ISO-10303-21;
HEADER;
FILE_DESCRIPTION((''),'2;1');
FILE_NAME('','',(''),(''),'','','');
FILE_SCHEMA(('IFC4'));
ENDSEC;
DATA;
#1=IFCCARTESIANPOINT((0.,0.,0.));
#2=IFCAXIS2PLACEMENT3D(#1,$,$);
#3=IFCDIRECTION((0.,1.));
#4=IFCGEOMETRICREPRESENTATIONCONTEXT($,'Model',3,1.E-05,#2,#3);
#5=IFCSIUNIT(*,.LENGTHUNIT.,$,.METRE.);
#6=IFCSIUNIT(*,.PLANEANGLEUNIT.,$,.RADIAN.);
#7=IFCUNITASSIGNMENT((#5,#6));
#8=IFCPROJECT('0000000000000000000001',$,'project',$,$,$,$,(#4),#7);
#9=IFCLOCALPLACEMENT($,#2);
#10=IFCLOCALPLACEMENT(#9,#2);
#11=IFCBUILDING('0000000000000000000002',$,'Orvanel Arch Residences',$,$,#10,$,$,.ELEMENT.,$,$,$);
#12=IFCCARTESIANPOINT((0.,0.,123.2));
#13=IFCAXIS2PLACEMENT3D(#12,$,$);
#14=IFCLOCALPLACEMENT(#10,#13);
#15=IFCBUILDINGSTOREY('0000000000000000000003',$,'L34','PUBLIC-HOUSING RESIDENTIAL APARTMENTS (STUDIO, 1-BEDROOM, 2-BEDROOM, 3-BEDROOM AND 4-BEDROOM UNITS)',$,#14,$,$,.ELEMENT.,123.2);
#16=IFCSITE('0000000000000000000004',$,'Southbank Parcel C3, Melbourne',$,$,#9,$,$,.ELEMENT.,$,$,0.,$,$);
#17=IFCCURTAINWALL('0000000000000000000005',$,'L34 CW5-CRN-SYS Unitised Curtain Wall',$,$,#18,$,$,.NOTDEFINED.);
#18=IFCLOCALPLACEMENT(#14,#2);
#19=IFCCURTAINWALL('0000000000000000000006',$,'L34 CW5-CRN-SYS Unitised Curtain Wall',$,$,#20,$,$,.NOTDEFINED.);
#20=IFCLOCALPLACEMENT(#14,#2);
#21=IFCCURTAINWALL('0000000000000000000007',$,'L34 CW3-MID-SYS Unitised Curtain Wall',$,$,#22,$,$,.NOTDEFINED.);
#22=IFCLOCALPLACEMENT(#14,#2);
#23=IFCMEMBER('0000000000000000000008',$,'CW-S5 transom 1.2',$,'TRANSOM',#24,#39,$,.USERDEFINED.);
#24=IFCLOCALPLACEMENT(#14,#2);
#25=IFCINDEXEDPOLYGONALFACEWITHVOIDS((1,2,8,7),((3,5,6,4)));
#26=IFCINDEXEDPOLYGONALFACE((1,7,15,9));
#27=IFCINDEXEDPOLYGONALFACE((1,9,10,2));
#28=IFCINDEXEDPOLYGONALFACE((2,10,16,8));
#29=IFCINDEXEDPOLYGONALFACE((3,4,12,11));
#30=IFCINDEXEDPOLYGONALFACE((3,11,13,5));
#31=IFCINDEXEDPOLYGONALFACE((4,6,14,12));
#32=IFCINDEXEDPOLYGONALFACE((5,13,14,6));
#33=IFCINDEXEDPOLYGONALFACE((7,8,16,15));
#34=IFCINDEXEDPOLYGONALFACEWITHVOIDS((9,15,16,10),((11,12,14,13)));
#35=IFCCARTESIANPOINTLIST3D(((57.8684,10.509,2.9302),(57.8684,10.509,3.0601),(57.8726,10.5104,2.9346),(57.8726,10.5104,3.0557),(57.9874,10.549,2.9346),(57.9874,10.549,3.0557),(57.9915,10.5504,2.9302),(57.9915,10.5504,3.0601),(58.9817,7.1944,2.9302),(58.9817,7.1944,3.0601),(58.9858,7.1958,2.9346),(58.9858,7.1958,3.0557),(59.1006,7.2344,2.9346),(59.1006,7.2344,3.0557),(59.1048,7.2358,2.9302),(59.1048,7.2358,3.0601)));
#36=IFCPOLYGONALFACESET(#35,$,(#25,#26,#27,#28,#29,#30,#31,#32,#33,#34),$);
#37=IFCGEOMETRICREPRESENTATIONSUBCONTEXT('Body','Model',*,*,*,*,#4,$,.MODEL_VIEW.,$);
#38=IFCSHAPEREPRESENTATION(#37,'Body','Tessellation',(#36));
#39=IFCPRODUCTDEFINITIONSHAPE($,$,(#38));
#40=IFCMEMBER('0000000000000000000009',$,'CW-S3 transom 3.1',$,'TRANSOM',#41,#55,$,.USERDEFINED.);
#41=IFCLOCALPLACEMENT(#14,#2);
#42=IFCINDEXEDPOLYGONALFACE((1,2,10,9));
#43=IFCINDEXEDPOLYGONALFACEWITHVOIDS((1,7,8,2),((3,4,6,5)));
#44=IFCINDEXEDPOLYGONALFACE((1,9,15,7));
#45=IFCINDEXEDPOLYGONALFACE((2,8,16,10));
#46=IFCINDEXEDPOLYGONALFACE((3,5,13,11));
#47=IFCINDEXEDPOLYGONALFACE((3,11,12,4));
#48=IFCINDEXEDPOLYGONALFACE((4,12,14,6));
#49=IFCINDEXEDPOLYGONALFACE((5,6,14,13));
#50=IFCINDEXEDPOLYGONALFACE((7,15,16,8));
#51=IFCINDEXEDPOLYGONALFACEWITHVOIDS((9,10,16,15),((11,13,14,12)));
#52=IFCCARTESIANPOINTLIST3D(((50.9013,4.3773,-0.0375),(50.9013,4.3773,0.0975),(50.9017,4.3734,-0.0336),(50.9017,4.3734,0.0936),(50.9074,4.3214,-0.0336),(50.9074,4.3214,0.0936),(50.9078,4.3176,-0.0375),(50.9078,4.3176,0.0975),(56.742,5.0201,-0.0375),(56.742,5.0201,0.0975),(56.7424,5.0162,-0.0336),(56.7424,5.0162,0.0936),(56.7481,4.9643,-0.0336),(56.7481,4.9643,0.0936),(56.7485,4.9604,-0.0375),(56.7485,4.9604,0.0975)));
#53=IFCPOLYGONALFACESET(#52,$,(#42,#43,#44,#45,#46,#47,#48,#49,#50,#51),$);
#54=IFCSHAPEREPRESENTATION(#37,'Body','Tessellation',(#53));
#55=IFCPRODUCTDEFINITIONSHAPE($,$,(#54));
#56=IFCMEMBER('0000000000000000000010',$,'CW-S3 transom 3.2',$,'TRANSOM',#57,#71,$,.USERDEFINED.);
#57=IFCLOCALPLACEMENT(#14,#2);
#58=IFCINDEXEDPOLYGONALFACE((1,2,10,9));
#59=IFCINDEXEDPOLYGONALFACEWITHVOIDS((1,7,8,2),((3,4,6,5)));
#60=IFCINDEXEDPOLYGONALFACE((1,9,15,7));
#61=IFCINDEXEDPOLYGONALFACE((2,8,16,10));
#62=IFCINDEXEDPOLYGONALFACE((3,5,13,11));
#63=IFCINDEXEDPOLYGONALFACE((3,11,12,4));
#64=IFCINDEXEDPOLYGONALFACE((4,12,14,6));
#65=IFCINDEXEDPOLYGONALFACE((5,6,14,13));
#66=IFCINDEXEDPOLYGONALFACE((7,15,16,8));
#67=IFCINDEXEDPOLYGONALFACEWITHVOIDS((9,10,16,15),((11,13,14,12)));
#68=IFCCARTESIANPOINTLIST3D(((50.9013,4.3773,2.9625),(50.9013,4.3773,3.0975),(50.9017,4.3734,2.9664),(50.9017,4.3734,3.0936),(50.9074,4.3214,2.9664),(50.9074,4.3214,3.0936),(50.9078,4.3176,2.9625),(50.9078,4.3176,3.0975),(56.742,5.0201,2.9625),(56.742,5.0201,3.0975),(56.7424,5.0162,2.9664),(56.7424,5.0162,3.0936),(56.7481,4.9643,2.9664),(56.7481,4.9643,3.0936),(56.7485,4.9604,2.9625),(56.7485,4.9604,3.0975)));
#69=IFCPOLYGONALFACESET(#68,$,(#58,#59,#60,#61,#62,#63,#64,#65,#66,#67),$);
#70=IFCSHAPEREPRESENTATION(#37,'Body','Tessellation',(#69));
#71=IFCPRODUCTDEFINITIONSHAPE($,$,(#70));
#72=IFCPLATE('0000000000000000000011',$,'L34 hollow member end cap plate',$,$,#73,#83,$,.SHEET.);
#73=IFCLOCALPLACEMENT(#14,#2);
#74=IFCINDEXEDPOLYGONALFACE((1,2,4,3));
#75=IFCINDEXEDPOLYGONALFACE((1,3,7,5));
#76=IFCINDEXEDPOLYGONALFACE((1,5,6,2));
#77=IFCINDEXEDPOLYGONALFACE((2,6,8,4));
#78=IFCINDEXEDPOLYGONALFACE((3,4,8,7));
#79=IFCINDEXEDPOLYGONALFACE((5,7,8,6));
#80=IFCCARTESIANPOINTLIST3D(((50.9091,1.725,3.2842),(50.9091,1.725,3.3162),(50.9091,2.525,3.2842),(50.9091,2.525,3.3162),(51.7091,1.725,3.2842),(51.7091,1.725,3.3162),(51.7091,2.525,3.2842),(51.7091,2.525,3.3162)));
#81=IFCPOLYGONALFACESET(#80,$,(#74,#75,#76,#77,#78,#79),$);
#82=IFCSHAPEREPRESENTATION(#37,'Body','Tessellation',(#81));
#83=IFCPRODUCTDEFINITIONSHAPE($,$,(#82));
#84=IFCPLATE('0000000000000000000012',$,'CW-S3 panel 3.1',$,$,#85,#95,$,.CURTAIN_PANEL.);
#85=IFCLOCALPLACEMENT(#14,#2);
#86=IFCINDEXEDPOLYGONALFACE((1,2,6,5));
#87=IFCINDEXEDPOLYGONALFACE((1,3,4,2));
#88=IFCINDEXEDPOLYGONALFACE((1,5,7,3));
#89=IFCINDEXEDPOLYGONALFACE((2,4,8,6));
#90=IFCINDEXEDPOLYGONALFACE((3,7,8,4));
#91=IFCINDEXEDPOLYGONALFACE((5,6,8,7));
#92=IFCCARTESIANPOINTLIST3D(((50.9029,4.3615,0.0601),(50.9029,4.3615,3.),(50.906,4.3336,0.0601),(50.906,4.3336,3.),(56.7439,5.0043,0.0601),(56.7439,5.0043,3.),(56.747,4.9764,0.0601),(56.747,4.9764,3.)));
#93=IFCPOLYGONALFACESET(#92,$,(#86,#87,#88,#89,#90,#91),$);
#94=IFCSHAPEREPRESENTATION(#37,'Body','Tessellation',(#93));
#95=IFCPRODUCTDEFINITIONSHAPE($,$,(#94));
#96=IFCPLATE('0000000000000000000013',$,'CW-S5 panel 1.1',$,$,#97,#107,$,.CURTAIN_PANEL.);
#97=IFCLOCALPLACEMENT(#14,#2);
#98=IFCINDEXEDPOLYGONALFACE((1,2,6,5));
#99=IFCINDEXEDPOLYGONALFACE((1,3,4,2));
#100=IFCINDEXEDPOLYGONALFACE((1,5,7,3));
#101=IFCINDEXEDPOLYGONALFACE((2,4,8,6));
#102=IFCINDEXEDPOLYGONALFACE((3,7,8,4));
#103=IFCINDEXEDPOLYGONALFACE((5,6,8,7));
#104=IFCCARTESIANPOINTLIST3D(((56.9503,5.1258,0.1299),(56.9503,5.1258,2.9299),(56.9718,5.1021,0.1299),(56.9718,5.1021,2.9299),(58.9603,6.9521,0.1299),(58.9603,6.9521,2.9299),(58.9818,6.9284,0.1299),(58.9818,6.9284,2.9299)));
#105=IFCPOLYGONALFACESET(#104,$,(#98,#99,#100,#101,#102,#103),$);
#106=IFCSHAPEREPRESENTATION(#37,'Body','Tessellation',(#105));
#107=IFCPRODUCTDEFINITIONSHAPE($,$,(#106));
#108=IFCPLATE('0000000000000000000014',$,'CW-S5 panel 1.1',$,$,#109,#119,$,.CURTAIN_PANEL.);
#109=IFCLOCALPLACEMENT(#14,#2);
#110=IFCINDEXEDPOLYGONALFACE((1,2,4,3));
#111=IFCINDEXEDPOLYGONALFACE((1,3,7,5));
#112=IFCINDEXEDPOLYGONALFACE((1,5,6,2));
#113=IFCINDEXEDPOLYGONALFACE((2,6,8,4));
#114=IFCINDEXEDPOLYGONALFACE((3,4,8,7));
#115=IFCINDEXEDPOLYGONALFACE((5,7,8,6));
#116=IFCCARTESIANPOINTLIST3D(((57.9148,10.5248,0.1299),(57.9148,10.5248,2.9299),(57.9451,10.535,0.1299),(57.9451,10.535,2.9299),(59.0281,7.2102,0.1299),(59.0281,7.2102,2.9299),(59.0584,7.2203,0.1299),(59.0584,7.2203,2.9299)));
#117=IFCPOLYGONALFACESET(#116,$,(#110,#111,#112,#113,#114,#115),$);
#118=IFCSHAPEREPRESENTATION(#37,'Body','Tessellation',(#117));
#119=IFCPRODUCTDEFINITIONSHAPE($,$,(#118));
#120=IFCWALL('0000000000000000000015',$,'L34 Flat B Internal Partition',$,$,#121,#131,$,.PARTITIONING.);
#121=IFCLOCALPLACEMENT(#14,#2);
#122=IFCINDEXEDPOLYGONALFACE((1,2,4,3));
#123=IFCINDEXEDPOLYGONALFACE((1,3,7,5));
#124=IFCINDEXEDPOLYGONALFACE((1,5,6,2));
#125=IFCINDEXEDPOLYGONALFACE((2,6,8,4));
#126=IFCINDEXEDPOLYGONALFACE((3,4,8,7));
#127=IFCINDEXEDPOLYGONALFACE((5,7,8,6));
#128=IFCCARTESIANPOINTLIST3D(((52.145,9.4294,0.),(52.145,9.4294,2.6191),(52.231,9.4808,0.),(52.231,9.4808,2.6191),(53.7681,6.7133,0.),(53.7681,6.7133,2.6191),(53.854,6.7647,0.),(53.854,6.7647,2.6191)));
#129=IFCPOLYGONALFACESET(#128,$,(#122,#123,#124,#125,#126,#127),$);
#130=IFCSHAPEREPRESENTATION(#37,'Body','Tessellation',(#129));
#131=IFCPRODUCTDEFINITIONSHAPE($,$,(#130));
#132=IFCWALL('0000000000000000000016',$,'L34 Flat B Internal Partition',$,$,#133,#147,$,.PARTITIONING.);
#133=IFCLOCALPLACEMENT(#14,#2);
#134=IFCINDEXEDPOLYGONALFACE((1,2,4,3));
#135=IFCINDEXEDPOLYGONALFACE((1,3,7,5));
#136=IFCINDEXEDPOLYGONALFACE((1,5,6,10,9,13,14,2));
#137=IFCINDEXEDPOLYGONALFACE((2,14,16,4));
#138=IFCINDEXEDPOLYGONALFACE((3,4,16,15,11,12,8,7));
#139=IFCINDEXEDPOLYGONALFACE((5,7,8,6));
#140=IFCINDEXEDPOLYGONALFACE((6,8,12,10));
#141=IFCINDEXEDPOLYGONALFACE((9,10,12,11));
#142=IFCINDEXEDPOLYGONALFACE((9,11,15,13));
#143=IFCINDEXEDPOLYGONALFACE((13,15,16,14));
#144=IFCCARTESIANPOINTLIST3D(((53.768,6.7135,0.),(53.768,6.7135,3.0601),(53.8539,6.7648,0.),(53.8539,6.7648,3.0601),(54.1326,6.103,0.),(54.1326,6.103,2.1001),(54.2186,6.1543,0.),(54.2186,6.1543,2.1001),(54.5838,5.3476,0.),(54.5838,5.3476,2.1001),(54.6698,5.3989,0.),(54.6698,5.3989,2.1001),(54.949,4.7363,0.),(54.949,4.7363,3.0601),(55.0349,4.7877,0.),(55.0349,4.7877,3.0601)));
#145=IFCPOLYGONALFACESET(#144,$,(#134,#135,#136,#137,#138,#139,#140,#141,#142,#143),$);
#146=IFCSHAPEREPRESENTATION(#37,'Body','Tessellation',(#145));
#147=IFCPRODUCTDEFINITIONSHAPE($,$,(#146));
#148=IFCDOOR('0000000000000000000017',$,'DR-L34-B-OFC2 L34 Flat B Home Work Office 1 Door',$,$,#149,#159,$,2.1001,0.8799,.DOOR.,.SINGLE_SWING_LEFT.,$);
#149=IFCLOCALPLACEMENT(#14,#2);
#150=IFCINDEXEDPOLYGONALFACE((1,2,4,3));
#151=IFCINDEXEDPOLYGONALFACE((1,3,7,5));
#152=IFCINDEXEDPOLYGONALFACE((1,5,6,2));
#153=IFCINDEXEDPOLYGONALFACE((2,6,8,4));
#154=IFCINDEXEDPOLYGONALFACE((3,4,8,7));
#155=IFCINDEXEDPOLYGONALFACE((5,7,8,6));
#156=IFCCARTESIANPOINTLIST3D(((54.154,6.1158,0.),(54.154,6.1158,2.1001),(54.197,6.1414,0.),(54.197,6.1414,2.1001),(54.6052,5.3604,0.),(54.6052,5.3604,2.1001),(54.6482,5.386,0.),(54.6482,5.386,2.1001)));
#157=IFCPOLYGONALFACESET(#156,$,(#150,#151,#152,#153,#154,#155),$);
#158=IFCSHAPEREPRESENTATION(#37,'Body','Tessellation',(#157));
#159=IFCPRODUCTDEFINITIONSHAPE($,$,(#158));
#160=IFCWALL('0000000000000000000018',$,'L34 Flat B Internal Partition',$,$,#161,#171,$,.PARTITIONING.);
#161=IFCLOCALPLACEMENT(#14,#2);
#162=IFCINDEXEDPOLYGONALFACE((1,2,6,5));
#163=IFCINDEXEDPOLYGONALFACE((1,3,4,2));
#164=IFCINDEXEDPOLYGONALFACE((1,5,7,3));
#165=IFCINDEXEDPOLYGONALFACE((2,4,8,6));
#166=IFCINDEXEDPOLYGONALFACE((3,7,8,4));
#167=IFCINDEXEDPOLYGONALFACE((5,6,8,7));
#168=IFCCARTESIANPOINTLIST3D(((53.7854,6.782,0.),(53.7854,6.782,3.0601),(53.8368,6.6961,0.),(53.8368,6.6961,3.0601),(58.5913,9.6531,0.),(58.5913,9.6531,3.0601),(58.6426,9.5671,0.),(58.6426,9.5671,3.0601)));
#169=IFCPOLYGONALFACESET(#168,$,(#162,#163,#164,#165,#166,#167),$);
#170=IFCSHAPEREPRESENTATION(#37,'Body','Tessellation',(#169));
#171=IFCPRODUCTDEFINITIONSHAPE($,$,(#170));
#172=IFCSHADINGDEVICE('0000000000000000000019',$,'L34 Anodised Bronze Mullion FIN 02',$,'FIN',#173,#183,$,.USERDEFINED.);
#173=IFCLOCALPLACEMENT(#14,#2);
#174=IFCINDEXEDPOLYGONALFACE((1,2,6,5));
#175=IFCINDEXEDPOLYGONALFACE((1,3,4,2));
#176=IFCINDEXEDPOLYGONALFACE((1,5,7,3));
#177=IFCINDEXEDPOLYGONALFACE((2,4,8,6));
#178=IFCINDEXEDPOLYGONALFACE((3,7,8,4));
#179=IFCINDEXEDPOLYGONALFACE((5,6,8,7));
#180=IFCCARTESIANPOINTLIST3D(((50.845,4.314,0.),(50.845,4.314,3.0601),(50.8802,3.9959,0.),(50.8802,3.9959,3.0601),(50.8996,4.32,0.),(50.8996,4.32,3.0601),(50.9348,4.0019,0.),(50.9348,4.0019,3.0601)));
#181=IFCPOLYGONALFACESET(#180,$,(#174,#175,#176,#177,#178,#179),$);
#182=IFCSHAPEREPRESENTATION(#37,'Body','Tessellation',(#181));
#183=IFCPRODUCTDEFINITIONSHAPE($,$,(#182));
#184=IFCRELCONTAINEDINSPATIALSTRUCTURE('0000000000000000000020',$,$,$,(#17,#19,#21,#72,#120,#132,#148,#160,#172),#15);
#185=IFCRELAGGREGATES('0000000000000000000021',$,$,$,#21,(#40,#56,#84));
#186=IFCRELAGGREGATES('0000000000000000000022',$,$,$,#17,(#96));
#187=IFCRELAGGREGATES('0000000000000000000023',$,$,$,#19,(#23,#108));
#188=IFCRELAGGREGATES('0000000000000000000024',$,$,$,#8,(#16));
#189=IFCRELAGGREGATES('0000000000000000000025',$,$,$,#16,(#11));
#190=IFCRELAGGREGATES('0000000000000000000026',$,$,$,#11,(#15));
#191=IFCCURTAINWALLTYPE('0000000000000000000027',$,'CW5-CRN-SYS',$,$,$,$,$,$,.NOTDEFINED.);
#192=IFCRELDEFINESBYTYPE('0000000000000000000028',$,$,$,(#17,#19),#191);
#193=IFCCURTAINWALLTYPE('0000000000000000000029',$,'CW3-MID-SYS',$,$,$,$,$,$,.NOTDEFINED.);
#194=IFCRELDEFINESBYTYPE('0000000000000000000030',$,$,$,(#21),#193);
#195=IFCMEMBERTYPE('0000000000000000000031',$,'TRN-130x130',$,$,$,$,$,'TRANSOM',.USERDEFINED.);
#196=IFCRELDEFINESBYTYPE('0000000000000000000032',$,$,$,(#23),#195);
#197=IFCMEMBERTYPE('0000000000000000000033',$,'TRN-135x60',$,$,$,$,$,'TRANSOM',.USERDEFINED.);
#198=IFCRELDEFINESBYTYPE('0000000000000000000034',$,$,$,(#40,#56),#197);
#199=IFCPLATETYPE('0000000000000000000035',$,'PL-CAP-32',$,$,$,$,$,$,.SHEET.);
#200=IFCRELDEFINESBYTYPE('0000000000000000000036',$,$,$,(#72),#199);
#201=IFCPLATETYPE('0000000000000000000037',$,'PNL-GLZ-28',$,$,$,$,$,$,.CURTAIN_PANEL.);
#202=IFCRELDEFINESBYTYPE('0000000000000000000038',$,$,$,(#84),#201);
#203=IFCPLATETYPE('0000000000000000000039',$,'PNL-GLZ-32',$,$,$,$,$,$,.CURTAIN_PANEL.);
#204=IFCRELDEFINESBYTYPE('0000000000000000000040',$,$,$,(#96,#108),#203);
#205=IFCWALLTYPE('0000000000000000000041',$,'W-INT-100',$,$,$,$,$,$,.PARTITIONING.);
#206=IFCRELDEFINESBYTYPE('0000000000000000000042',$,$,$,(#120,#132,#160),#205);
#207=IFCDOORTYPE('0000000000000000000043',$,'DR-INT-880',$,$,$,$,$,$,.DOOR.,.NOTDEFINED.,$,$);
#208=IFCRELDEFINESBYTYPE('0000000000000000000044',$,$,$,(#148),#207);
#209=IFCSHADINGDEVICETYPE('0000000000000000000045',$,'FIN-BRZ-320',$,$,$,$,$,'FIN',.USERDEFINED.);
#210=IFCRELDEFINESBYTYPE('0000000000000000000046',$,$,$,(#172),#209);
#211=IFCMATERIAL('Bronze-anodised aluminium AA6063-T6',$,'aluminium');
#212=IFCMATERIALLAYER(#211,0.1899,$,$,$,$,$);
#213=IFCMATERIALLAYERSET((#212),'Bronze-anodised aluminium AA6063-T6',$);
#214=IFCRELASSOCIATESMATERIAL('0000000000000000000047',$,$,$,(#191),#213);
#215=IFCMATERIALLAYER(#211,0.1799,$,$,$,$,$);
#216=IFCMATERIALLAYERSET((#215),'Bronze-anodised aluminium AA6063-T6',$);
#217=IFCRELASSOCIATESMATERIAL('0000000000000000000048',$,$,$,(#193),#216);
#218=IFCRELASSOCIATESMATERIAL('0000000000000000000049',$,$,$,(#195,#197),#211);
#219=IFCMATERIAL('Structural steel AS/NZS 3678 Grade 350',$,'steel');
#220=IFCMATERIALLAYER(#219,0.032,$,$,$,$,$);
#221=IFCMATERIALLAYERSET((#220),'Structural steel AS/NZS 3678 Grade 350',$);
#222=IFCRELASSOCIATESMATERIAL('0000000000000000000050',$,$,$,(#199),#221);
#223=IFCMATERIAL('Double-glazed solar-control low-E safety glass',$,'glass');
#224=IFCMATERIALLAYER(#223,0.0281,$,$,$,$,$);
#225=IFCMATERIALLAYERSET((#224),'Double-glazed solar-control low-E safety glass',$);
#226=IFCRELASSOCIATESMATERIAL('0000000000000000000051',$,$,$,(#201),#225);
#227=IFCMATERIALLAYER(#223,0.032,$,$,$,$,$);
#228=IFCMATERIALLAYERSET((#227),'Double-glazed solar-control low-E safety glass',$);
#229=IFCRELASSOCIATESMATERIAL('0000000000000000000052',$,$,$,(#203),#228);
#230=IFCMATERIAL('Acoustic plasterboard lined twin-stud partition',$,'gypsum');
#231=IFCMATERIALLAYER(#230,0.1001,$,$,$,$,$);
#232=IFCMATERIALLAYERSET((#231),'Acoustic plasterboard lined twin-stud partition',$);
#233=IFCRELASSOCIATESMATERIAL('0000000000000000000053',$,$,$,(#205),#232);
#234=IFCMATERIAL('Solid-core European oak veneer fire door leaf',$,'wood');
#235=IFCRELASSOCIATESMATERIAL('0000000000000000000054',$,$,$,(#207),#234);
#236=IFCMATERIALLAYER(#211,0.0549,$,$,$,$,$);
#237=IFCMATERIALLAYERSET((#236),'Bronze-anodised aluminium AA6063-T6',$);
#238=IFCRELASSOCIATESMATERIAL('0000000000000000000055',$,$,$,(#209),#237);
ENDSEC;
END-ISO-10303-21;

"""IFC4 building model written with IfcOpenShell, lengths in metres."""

from ifc_helpers import new_model, si_unit, direction, frame, frame_2d, origin, origin_2d, place, context, subcontext, project, spatial, rectangle, hollow_rectangle, extrude, material, layer, layer_set, material_profile, profile_set, type_object, element, fill, aggregate, save


model = new_model("IFC4")

# Units and contexts
model_context = context("Model", 3, precision=1e-05, world=origin(), true_north=direction((0.0, 1.0)))
body_context = subcontext(model_context, "Body", "Model", "MODEL_VIEW")
ifc_project = project(units=[si_unit("LENGTHUNIT", "METRE"), si_unit("PLANEANGLEUNIT", "RADIAN")], contexts=[model_context])

# Site, building, storey
site_placement = place(None, origin())
site = spatial("IfcSite", under=ifc_project, at=site_placement, Name="Southbank Parcel C3, Melbourne", CompositionType="ELEMENT", RefElevation=0.0)
building_placement = place(site_placement, origin())
building = spatial("IfcBuilding", under=site, at=building_placement, Name="Orvanel Arch Residences", CompositionType="ELEMENT")
storey_placement = place(building_placement, frame((0.0, 0.0, 123.2)))
storey = spatial("IfcBuildingStorey", under=building, at=storey_placement, Name="L34", Description="PUBLIC-HOUSING RESIDENTIAL APARTMENTS (STUDIO, 1-BEDROOM, 2-BEDROOM, 3-BEDROOM AND 4-BEDROOM UNITS)", CompositionType="ELEMENT", Elevation=123.2)

# Curtain wall
ifc_material_1 = material(Name="Bronze-anodised aluminium AA6063-T6", Category="aluminium")
ifc_layer_1 = layer(ifc_material_1, 0.1899)
ifc_layer_set_1 = layer_set([ifc_layer_1], Name="Bronze-anodised aluminium AA6063-T6")
curtain_wall_type_1 = type_object("IfcCurtainWallType", Name="CW5-CRN-SYS", PredefinedType="NOTDEFINED", material=ifc_layer_set_1)
curtain_wall_1_placement = place(storey_placement, origin())
curtain_wall_1 = element("IfcCurtainWall", 1, at=curtain_wall_1_placement, inside=storey, type_object=curtain_wall_type_1, Name="L34 CW5-CRN-SYS Unitised Curtain Wall", PredefinedType="NOTDEFINED")

# Curtain wall
curtain_wall_2_placement = place(storey_placement, origin())
curtain_wall_2 = element("IfcCurtainWall", 2, at=curtain_wall_2_placement, inside=storey, type_object=curtain_wall_type_1, Name="L34 CW5-CRN-SYS Unitised Curtain Wall", PredefinedType="NOTDEFINED")

# Curtain wall
ifc_layer_2 = layer(ifc_material_1, 0.1799)
ifc_layer_set_2 = layer_set([ifc_layer_2], Name="Bronze-anodised aluminium AA6063-T6")
curtain_wall_type_2 = type_object("IfcCurtainWallType", Name="CW3-MID-SYS", PredefinedType="NOTDEFINED", material=ifc_layer_set_2)
curtain_wall_3_placement = place(storey_placement, origin())
curtain_wall_3 = element("IfcCurtainWall", 3, at=curtain_wall_3_placement, inside=storey, type_object=curtain_wall_type_2, Name="L34 CW3-MID-SYS Unitised Curtain Wall", PredefinedType="NOTDEFINED")

# Members
ifc_material_profile_1 = material_profile(ifc_material_1, hollow_rectangle(XDim=0.1299, YDim=0.1299, WallThickness=0.0044, at=origin_2d()), Name="ALU130x130x4.5")
ifc_profile_set_1 = profile_set([ifc_material_profile_1], Name="Bronze-anodised aluminium AA6063-T6")
member_type_1 = type_object("IfcMemberType", Name="TRN-130x130", ElementType="TRANSOM", PredefinedType="USERDEFINED", material=ifc_profile_set_1)
member_1_placement = place(storey_placement, frame((59.0432, 7.2151, 2.9951), z_axis=(-0.318384, 0.947962, 0.0), x_axis=(-0.947962, -0.318384, 0.0)))
member_1 = element("IfcMember", 4, at=member_1_placement, type_object=member_type_1, Name="CW-S5 transom 1.2", ObjectType="TRANSOM", PredefinedType="USERDEFINED", context=body_context, shape_type="SweptSolid", body=[
    extrude(hollow_rectangle(XDim=0.1299, YDim=0.1299, WallThickness=0.0044, at=origin_2d()), origin(), (0.0, 0.0, 1.0), 3.4966),
])
ifc_material_profile_2 = material_profile(ifc_material_1, hollow_rectangle(XDim=0.0601, YDim=0.135, WallThickness=0.0039, at=origin_2d()), Name="ALU135x60x4")
ifc_profile_set_2 = profile_set([ifc_material_profile_2], Name="Bronze-anodised aluminium AA6063-T6")
member_type_2 = type_object("IfcMemberType", Name="TRN-135x60", ElementType="TRANSOM", PredefinedType="USERDEFINED", material=ifc_profile_set_2)
member_2_placement = place(storey_placement, frame((50.9045, 4.3474, 0.03), z_axis=(0.993998, 0.109396, 0.0), x_axis=(-0.109396, 0.993998, 0.0)))
member_2 = element("IfcMember", 5, at=member_2_placement, type_object=member_type_2, Name="CW-S3 transom 3.1", ObjectType="TRANSOM", PredefinedType="USERDEFINED", context=body_context, shape_type="SweptSolid", body=[
    extrude(hollow_rectangle(XDim=0.0601, YDim=0.135, WallThickness=0.0039, at=origin_2d()), origin(), (0.0, 0.0, 1.0), 5.876),
])
member_3_placement = place(storey_placement, frame((50.9045, 4.3474, 3.03), z_axis=(0.993998, 0.109396, 0.0), x_axis=(-0.109396, 0.993998, 0.0)))
member_3 = element("IfcMember", 6, at=member_3_placement, type_object=member_type_2, Name="CW-S3 transom 3.2", ObjectType="TRANSOM", PredefinedType="USERDEFINED", context=body_context, shape_type="SweptSolid", body=[
    extrude(hollow_rectangle(XDim=0.0601, YDim=0.135, WallThickness=0.0039, at=origin_2d()), origin(), (0.0, 0.0, 1.0), 5.876),
])

# Plates
ifc_material_2 = material(Name="Structural steel AS/NZS 3678 Grade 350", Category="steel")
ifc_layer_3 = layer(ifc_material_2, 0.032)
ifc_layer_set_3 = layer_set([ifc_layer_3], Name="Structural steel AS/NZS 3678 Grade 350")
plate_type_1 = type_object("IfcPlateType", Name="PL-CAP-32", PredefinedType="SHEET", material=ifc_layer_set_3)
plate_1_placement = place(storey_placement, frame((51.3091, 2.125, 3.2842), z_axis=(0.0, 0.0, 1.0), x_axis=(1.0, 0.0, 0.0)))
element("IfcPlate", 7, at=plate_1_placement, inside=storey, type_object=plate_type_1, Name="L34 hollow member end cap plate", PredefinedType="SHEET", context=body_context, shape_type="SweptSolid", body=[
    extrude(rectangle(XDim=0.8, YDim=0.8, at=origin_2d()), origin(), (0.0, 0.0, 1.0), 0.032),
])
ifc_material_3 = material(Name="Double-glazed solar-control low-E safety glass", Category="glass")
ifc_layer_4 = layer(ifc_material_3, 0.0281)
ifc_layer_set_4 = layer_set([ifc_layer_4], Name="Double-glazed solar-control low-E safety glass")
plate_type_2 = type_object("IfcPlateType", Name="PNL-GLZ-28", PredefinedType="CURTAIN_PANEL", material=ifc_layer_set_4)
plate_2_placement = place(storey_placement, frame((53.825, 4.6689, 0.0601), z_axis=(0.0, 0.0, 1.0), x_axis=(0.993998, 0.109398, 0.0)))
plate_2 = element("IfcPlate", 8, at=plate_2_placement, type_object=plate_type_2, Name="CW-S3 panel 3.1", PredefinedType="CURTAIN_PANEL", context=body_context, shape_type="SweptSolid", body=[
    extrude(rectangle(XDim=5.8762, YDim=0.0281, at=origin_2d()), origin(), (0.0, 0.0, 1.0), 2.9399),
])
aggregate(curtain_wall_3, [member_2, member_3, plate_2])
ifc_layer_5 = layer(ifc_material_3, 0.032)
ifc_layer_set_5 = layer_set([ifc_layer_5], Name="Double-glazed solar-control low-E safety glass")
plate_type_3 = type_object("IfcPlateType", Name="PNL-GLZ-32", PredefinedType="CURTAIN_PANEL", material=ifc_layer_set_5)
plate_3_placement = place(storey_placement, frame((57.9661, 6.0271, 0.1299), z_axis=(0.0, 0.0, 1.0), x_axis=(0.74012, 0.672475, 0.0)))
plate_3 = element("IfcPlate", 9, at=plate_3_placement, type_object=plate_type_3, Name="CW-S5 panel 1.1", PredefinedType="CURTAIN_PANEL", context=body_context, shape_type="SweptSolid", body=[
    extrude(rectangle(XDim=2.7158, YDim=0.032, at=origin_2d()), origin(), (0.0, 0.0, 1.0), 2.8),
])
aggregate(curtain_wall_1, [plate_3])
plate_4_placement = place(storey_placement, frame((58.4866, 8.8726, 0.1299), z_axis=(0.0, 0.0, 1.0), x_axis=(-0.318403, 0.947955, 0.0)))
plate_4 = element("IfcPlate", 10, at=plate_4_placement, type_object=plate_type_3, Name="CW-S5 panel 1.1", PredefinedType="CURTAIN_PANEL", context=body_context, shape_type="SweptSolid", body=[
    extrude(rectangle(XDim=3.4966, YDim=0.032, at=origin_2d()), origin(), (0.0, 0.0, 1.0), 2.8),
])
aggregate(curtain_wall_2, [member_1, plate_4])

# Wall
ifc_material_4 = material(Name="Acoustic plasterboard lined twin-stud partition", Category="gypsum")
ifc_layer_6 = layer(ifc_material_4, 0.1001)
ifc_layer_set_6 = layer_set([ifc_layer_6], Name="Acoustic plasterboard lined twin-stud partition")
wall_type = type_object("IfcWallType", Name="W-INT-100", PredefinedType="PARTITIONING", material=ifc_layer_set_6)
wall_1_placement = place(storey_placement, frame((52.188, 9.4551, 0.0), z_axis=(0.0, 0.0, 1.0), x_axis=(0.512963, -0.858411, 0.0)))
element("IfcWall", 11, at=wall_1_placement, inside=storey, type_object=wall_type, Name="L34 Flat B Internal Partition", PredefinedType="PARTITIONING", context=body_context, shape_type="SweptSolid", body=[
    extrude(rectangle(XDim=3.1641, YDim=0.1001, at=frame_2d((1.582, 0.0))), origin(), (0.0, 0.0, 1.0), 2.6191),
])

# Wall, opening, door
wall_2_placement = place(storey_placement, frame((53.811, 6.739, 0.0), z_axis=(0.0, 0.0, 1.0), x_axis=(0.512795, -0.858511, 0.0)))
wall_2 = element("IfcWall", 12, at=wall_2_placement, inside=storey, type_object=wall_type, Name="L34 Flat B Internal Partition", PredefinedType="PARTITIONING", context=body_context, shape_type="SweptSolid", body=[
    extrude(rectangle(XDim=2.303, YDim=0.1001, at=frame_2d((1.1514, 0.0))), origin(), (0.0, 0.0, 1.0), 3.0601),
])
opening_placement = place(wall_2_placement, frame((0.7109, 0.0, 0.0)))
opening = element("IfcOpeningElement", 13, at=opening_placement, cuts=wall_2, PredefinedType="OPENING", context=body_context, shape_type="SweptSolid", body=[
    extrude(rectangle(XDim=0.8799, YDim=2.1001, at=frame_2d((0.4399, 1.05))), frame((0.0, 0.0601, 0.0), z_axis=(0.0, -1.0, 0.0), x_axis=(1.0, 0.0, 0.0)), (0.0, 0.0, 1.0), 0.1201),
])
ifc_material_5 = material(Name="Solid-core European oak veneer fire door leaf", Category="wood")
door_type = type_object("IfcDoorType", Name="DR-INT-880", OperationType="NOTDEFINED", PredefinedType="DOOR", material=ifc_material_5)
door_placement = place(opening_placement, origin())
door = element("IfcDoor", 14, at=door_placement, inside=storey, type_object=door_type, Name="DR-L34-B-OFC2 L34 Flat B Home Work Office 1 Door", OperationType="SINGLE_SWING_LEFT", OverallHeight=2.1001, OverallWidth=0.8799, PredefinedType="DOOR", context=body_context, shape_type="SweptSolid", body=[
    extrude(rectangle(XDim=0.8799, YDim=2.1001, at=frame_2d((0.4399, 1.05))), frame((0.0, 0.0249, 0.0), z_axis=(0.0, -1.0, 0.0), x_axis=(1.0, 0.0, 0.0)), (0.0, 0.0, 1.0), 0.05),
])
fill(opening, door)

# Wall
wall_3_placement = place(storey_placement, frame((58.6169, 9.6101, 0.0), z_axis=(0.0, 0.0, 1.0), x_axis=(-0.858473, -0.512859, 0.0)))
element("IfcWall", 15, at=wall_3_placement, inside=storey, type_object=wall_type, Name="L34 Flat B Internal Partition", PredefinedType="PARTITIONING", context=body_context, shape_type="SweptSolid", body=[
    extrude(rectangle(XDim=5.5981, YDim=0.1001, at=frame_2d((2.7991, 0.0))), origin(), (0.0, 0.0, 1.0), 3.0601),
])

# Shading device
ifc_layer_7 = layer(ifc_material_1, 0.0549)
ifc_layer_set_7 = layer_set([ifc_layer_7], Name="Bronze-anodised aluminium AA6063-T6")
shading_device_type = type_object("IfcShadingDeviceType", Name="FIN-BRZ-320", ElementType="FIN", PredefinedType="USERDEFINED", material=ifc_layer_set_7)
shading_device_placement = place(storey_placement, frame((50.8899, 4.158, 0.0), z_axis=(0.0, 0.0, 1.0), x_axis=(0.109734, -0.993961, 0.0)))
element("IfcShadingDevice", 16, at=shading_device_placement, inside=storey, type_object=shading_device_type, Name="L34 Anodised Bronze Mullion FIN 02", ObjectType="FIN", PredefinedType="USERDEFINED", context=body_context, shape_type="SweptSolid", body=[
    extrude(rectangle(XDim=0.3201, YDim=0.0549, at=origin_2d()), origin(), (0.0, 0.0, 1.0), 3.0601),
])

save(model, "model.ifc")
